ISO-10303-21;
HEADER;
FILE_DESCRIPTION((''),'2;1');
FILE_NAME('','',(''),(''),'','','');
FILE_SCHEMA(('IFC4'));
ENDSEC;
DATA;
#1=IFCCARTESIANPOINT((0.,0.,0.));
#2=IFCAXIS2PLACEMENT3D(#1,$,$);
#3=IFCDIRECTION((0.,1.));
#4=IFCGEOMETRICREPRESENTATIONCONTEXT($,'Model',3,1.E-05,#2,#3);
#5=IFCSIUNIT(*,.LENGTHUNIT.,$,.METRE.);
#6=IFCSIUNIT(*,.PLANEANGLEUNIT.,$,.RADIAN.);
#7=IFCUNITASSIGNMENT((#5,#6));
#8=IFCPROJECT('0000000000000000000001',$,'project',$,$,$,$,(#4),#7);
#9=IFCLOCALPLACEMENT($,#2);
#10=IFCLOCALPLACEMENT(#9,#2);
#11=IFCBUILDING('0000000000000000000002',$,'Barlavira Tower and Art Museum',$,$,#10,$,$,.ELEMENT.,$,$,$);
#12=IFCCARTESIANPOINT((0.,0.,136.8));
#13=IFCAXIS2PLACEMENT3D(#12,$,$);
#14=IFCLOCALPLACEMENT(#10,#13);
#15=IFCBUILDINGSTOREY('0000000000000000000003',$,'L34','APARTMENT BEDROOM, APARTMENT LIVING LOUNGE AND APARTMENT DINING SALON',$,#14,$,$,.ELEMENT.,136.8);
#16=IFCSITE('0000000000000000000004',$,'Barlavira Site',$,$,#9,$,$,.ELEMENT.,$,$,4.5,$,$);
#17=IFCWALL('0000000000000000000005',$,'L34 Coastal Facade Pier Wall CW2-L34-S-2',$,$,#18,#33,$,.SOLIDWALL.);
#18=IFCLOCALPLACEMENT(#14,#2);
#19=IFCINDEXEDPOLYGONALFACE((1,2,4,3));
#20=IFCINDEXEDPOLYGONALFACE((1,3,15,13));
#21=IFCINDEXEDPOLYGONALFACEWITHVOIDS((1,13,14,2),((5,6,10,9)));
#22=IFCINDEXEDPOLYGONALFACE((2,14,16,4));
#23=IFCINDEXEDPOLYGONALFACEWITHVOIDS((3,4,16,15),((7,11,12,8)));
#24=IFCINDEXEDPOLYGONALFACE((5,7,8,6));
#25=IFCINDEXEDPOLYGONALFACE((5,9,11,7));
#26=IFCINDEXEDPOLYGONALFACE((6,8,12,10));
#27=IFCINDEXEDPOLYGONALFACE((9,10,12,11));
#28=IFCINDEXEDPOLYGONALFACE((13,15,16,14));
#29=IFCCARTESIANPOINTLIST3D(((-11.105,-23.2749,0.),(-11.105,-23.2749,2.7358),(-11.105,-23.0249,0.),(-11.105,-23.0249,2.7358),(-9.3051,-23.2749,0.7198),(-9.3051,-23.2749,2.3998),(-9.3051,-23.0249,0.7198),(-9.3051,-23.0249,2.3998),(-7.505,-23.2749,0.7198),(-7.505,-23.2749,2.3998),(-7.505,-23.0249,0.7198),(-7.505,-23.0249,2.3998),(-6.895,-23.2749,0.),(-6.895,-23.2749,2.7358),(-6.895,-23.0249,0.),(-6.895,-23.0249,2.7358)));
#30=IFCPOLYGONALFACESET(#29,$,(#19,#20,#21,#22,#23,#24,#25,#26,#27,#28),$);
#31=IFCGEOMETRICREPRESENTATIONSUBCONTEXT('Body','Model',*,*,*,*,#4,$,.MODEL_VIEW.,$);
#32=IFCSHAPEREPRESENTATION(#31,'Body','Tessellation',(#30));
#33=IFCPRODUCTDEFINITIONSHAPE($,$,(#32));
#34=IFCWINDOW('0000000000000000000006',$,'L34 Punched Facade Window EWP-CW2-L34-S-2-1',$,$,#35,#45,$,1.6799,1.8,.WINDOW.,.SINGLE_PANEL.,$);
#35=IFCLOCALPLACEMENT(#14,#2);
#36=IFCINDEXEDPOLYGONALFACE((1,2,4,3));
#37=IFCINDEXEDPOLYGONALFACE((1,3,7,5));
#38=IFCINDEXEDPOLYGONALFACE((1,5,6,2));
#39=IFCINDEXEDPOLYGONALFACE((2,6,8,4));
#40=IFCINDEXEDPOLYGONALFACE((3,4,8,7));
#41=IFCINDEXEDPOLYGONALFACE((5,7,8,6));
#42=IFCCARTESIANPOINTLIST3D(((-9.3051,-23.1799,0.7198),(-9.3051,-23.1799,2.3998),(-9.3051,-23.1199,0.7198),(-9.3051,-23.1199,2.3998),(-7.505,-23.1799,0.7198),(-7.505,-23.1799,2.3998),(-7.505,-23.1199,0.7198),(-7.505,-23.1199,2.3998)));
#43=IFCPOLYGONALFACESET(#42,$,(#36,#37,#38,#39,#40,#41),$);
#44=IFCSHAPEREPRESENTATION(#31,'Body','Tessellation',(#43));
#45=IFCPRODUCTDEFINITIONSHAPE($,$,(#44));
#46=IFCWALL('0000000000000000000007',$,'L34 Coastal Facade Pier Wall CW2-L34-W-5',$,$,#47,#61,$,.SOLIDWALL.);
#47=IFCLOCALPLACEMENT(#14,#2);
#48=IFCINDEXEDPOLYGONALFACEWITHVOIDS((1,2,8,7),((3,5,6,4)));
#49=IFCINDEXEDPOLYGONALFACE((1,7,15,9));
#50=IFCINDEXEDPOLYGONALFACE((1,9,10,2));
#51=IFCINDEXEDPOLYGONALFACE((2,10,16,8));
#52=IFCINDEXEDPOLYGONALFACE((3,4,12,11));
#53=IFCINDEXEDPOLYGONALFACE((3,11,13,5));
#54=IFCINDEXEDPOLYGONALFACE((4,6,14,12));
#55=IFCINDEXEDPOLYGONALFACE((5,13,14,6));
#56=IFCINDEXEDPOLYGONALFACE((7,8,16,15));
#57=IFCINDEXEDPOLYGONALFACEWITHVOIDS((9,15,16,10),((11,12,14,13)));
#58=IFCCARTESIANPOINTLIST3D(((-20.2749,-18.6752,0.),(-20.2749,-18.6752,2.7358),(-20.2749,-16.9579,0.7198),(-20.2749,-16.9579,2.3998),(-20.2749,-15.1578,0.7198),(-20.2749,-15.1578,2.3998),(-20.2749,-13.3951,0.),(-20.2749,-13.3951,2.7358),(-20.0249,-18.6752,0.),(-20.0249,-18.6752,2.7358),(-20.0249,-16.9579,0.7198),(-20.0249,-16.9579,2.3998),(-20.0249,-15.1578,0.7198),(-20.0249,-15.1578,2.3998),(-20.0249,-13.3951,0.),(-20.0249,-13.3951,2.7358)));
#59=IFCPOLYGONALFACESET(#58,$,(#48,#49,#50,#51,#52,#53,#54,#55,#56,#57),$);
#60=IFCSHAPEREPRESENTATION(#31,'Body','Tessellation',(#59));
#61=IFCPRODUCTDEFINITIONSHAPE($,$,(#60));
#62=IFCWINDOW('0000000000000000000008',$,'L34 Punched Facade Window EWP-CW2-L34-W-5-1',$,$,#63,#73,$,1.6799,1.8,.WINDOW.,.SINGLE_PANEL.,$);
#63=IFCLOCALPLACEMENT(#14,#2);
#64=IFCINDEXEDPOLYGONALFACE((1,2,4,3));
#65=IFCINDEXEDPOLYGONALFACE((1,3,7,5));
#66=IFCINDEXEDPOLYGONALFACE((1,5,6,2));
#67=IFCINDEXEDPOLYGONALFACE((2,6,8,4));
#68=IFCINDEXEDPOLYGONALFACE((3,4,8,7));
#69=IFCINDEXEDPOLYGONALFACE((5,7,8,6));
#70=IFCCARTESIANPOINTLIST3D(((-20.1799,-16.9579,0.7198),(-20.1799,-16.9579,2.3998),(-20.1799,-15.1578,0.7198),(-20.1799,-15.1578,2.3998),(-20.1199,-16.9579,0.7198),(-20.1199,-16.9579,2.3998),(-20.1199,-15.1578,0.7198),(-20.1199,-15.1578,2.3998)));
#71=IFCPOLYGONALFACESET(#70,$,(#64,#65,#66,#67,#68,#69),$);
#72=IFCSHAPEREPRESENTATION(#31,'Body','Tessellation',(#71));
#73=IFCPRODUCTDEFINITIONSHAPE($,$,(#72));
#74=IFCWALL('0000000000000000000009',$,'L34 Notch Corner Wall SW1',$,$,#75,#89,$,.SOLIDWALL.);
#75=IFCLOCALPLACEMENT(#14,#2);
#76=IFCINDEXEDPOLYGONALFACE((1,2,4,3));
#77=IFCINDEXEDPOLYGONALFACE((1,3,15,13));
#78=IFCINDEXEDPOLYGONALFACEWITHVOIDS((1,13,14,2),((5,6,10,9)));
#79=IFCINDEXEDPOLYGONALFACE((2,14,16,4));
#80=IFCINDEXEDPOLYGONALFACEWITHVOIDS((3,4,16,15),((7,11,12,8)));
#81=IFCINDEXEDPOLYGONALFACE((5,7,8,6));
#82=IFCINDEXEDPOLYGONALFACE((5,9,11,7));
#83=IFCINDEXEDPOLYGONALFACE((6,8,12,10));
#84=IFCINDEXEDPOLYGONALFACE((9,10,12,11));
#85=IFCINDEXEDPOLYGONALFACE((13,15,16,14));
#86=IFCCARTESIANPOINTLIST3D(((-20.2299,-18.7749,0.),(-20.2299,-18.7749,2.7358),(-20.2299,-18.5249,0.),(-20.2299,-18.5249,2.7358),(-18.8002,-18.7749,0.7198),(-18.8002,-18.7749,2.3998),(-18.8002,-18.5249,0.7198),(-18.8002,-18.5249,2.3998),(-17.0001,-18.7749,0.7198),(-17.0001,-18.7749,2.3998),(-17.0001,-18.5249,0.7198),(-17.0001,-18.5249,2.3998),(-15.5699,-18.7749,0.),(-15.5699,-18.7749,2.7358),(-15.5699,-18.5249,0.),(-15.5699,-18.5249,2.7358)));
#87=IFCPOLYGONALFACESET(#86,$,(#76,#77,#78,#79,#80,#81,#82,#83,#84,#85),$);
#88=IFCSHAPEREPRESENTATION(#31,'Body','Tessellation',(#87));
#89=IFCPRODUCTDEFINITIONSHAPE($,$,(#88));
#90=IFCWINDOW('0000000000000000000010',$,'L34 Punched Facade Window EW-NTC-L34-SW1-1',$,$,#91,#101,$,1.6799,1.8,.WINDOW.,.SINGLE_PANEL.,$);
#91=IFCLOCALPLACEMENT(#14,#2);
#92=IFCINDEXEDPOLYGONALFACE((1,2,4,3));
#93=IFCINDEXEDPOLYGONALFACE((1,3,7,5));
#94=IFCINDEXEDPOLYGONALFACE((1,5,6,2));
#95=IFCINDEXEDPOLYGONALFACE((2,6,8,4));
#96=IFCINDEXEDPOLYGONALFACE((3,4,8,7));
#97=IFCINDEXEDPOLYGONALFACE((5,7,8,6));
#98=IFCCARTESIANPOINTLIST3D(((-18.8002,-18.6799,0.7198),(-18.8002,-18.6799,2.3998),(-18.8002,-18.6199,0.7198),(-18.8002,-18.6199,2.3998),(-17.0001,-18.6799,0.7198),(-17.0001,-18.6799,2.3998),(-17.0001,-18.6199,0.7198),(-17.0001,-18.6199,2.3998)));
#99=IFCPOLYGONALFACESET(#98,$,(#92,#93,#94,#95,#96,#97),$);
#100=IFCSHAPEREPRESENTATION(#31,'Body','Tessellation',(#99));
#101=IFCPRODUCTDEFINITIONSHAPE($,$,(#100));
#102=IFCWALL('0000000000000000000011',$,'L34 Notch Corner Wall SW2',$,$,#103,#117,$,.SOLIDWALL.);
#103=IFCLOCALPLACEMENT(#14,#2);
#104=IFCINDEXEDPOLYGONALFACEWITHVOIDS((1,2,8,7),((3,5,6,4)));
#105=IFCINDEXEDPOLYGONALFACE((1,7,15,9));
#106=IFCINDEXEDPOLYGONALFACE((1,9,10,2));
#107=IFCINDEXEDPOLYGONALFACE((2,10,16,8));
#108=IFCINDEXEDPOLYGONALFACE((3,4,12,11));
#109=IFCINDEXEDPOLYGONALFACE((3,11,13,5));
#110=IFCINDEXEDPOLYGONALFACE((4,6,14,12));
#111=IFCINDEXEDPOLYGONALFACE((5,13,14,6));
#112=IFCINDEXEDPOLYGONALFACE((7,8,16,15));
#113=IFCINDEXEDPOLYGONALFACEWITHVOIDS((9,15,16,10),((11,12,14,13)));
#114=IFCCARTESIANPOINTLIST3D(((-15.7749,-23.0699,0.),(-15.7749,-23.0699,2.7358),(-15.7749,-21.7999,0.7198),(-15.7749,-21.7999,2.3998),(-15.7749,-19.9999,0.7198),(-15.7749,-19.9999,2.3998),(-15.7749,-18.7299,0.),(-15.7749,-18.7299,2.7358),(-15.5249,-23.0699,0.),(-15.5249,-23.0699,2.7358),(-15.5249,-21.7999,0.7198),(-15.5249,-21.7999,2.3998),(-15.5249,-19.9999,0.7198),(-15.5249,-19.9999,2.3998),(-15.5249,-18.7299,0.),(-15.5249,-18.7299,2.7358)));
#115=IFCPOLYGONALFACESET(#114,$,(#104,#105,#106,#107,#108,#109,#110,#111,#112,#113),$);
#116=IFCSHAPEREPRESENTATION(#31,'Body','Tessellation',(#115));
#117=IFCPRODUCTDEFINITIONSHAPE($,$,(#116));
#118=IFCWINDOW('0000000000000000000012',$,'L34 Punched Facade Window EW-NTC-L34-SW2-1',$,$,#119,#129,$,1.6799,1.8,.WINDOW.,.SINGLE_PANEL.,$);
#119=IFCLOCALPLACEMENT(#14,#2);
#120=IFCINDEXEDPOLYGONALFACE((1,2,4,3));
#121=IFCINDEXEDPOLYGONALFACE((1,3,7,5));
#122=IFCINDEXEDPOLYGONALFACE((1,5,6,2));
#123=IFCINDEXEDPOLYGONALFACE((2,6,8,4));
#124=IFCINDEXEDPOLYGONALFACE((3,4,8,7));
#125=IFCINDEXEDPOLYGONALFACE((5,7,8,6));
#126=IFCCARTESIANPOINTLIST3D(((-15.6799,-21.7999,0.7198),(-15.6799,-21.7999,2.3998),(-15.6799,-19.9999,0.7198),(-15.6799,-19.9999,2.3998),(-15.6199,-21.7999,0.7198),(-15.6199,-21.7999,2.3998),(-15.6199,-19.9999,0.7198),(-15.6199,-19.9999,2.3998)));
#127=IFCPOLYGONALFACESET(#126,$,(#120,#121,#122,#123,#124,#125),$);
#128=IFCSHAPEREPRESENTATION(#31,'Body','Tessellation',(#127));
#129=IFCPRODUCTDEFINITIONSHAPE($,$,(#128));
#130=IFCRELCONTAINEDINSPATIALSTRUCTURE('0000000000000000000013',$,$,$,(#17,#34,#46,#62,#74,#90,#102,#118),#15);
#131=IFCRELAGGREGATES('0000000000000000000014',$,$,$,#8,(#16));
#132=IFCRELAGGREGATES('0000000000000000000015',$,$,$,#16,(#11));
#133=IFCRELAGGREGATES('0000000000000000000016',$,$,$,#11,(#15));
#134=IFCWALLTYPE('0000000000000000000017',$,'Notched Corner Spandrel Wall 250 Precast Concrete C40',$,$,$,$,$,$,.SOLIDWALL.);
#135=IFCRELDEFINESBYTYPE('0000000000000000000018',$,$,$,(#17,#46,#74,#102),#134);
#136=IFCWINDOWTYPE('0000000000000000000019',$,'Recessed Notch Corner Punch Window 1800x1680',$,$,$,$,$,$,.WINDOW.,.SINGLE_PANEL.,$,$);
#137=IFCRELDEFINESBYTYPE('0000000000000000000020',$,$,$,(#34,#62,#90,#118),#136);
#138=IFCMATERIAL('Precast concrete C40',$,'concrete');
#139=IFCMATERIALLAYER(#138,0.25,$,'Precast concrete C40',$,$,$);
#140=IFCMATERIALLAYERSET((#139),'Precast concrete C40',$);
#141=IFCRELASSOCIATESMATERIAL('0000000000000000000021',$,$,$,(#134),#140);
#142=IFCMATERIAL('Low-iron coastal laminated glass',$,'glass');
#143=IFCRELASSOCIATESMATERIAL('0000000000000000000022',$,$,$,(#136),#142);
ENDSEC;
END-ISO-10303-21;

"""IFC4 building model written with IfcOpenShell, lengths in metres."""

from ifc_helpers import new_model, si_unit, direction, frame, frame_2d, origin, place, context, subcontext, project, spatial, rectangle, extrude, material, layer, layer_set, type_object, element, fill, save


model = new_model("IFC4")

# Units and contexts
model_context = context("Model", 3, precision=1e-05, world=origin(), true_north=direction((0.0, 1.0)))
body_context = subcontext(model_context, "Body", "Model", "MODEL_VIEW")
ifc_project = project(units=[si_unit("LENGTHUNIT", "METRE"), si_unit("PLANEANGLEUNIT", "RADIAN")], contexts=[model_context])

# Site, building, storey
site_placement = place(None, origin())
site = spatial("IfcSite", under=ifc_project, at=site_placement, Name="Barlavira Site", CompositionType="ELEMENT", RefElevation=4.5)
building_placement = place(site_placement, origin())
building = spatial("IfcBuilding", under=site, at=building_placement, Name="Barlavira Tower and Art Museum", CompositionType="ELEMENT")
storey_placement = place(building_placement, frame((0.0, 0.0, 136.8)))
storey = spatial("IfcBuildingStorey", under=building, at=storey_placement, Name="L34", Description="APARTMENT BEDROOM, APARTMENT LIVING LOUNGE AND APARTMENT DINING SALON", CompositionType="ELEMENT", Elevation=136.8)

# Walls, openings, windows
ifc_material_1 = material(Name="Precast concrete C40", Category="concrete")
ifc_layer_1 = layer(ifc_material_1, 0.25, Name="Precast concrete C40")
ifc_layer_set_1 = layer_set([ifc_layer_1], Name="Precast concrete C40")
wall_type_1 = type_object("IfcWallType", Name="Notched Corner Spandrel Wall 250 Precast Concrete C40", PredefinedType="SOLIDWALL", material=ifc_layer_set_1)
ifc_material_2 = material(Name="Low-iron coastal laminated glass", Category="glass")
window_type = type_object("IfcWindowType", Name="Recessed Notch Corner Punch Window 1800x1680", PartitioningType="SINGLE_PANEL", PredefinedType="WINDOW", material=ifc_material_2)
wall_1_placement = place(storey_placement, frame((-11.105, -23.1499, 0.0), z_axis=(0.0, 0.0, 1.0), x_axis=(1.0, 0.0, 0.0)))
wall_1 = element("IfcWall", 1, at=wall_1_placement, inside=storey, type_object=wall_type_1, Name="L34 Coastal Facade Pier Wall CW2-L34-S-2", PredefinedType="SOLIDWALL", context=body_context, shape_type="SweptSolid", body=[
    extrude(rectangle(XDim=4.21, YDim=0.25, at=frame_2d((2.105, 0.0))), origin(), (0.0, 0.0, 1.0), 2.7358),
])
opening_1_placement = place(wall_1_placement, frame((1.8, 0.0, 0.72)))
opening_1 = element("IfcOpeningElement", 2, at=opening_1_placement, cuts=wall_1, PredefinedType="OPENING", context=body_context, shape_type="SweptSolid", body=[
    extrude(rectangle(XDim=1.8, YDim=1.6799, at=frame_2d((0.8999, 0.8398))), frame((0.0, 0.135, 0.0), z_axis=(0.0, -1.0, 0.0), x_axis=(1.0, 0.0, 0.0)), (0.0, 0.0, 1.0), 0.27),
])
window_1_placement = place(opening_1_placement, origin())
window_1 = element("IfcWindow", 3, at=window_1_placement, inside=storey, type_object=window_type, Name="L34 Punched Facade Window EWP-CW2-L34-S-2-1", OverallHeight=1.6799, OverallWidth=1.8, PartitioningType="SINGLE_PANEL", PredefinedType="WINDOW", context=body_context, shape_type="SweptSolid", body=[
    extrude(rectangle(XDim=1.8, YDim=1.6799, at=frame_2d((0.8999, 0.8398))), frame((0.0, 0.03, 0.0), z_axis=(0.0, -1.0, 0.0), x_axis=(1.0, 0.0, 0.0)), (0.0, 0.0, 1.0), 0.0601),
])
fill(opening_1, window_1)
wall_2_placement = place(storey_placement, frame((-20.1499, -13.395, 0.0), z_axis=(0.0, 0.0, 1.0), x_axis=(0.0, -1.0, 0.0)))
wall_2 = element("IfcWall", 4, at=wall_2_placement, inside=storey, type_object=wall_type_1, Name="L34 Coastal Facade Pier Wall CW2-L34-W-5", PredefinedType="SOLIDWALL", context=body_context, shape_type="SweptSolid", body=[
    extrude(rectangle(XDim=5.28, YDim=0.25, at=frame_2d((2.6401, 0.0))), origin(), (0.0, 0.0, 1.0), 2.7358),
])
opening_2_placement = place(wall_2_placement, frame((1.7629, 0.0, 0.72)))
opening_2 = element("IfcOpeningElement", 5, at=opening_2_placement, cuts=wall_2, PredefinedType="OPENING", context=body_context, shape_type="SweptSolid", body=[
    extrude(rectangle(XDim=1.8, YDim=1.6799, at=frame_2d((0.8999, 0.8398))), frame((0.0, 0.135, 0.0), z_axis=(0.0, -1.0, 0.0), x_axis=(1.0, 0.0, 0.0)), (0.0, 0.0, 1.0), 0.27),
])
window_2_placement = place(opening_2_placement, origin())
window_2 = element("IfcWindow", 6, at=window_2_placement, inside=storey, type_object=window_type, Name="L34 Punched Facade Window EWP-CW2-L34-W-5-1", OverallHeight=1.6799, OverallWidth=1.8, PartitioningType="SINGLE_PANEL", PredefinedType="WINDOW", context=body_context, shape_type="SweptSolid", body=[
    extrude(rectangle(XDim=1.8, YDim=1.6799, at=frame_2d((0.8999, 0.8398))), frame((0.0, 0.03, 0.0), z_axis=(0.0, -1.0, 0.0), x_axis=(1.0, 0.0, 0.0)), (0.0, 0.0, 1.0), 0.0601),
])
fill(opening_2, window_2)
wall_3_placement = place(storey_placement, frame((-20.23, -18.6499, 0.0), z_axis=(0.0, 0.0, 1.0), x_axis=(1.0, 0.0, 0.0)))
wall_3 = element("IfcWall", 7, at=wall_3_placement, inside=storey, type_object=wall_type_1, Name="L34 Notch Corner Wall SW1", PredefinedType="SOLIDWALL", context=body_context, shape_type="SweptSolid", body=[
    extrude(rectangle(XDim=4.6599, YDim=0.25, at=frame_2d((2.3301, 0.0))), origin(), (0.0, 0.0, 1.0), 2.7358),
])
opening_3_placement = place(wall_3_placement, frame((1.4299, 0.0, 0.72)))
opening_3 = element("IfcOpeningElement", 8, at=opening_3_placement, cuts=wall_3, PredefinedType="OPENING", context=body_context, shape_type="SweptSolid", body=[
    extrude(rectangle(XDim=1.8, YDim=1.6799, at=frame_2d((0.8999, 0.8398))), frame((0.0, 0.135, 0.0), z_axis=(0.0, -1.0, 0.0), x_axis=(1.0, 0.0, 0.0)), (0.0, 0.0, 1.0), 0.27),
])
window_3_placement = place(opening_3_placement, origin())
window_3 = element("IfcWindow", 9, at=window_3_placement, inside=storey, type_object=window_type, Name="L34 Punched Facade Window EW-NTC-L34-SW1-1", OverallHeight=1.6799, OverallWidth=1.8, PartitioningType="SINGLE_PANEL", PredefinedType="WINDOW", context=body_context, shape_type="SweptSolid", body=[
    extrude(rectangle(XDim=1.8, YDim=1.6799, at=frame_2d((0.8999, 0.8398))), frame((0.0, 0.03, 0.0), z_axis=(0.0, -1.0, 0.0), x_axis=(1.0, 0.0, 0.0)), (0.0, 0.0, 1.0), 0.0601),
])
fill(opening_3, window_3)
wall_4_placement = place(storey_placement, frame((-15.6499, -18.73, 0.0), z_axis=(0.0, 0.0, 1.0), x_axis=(0.0, -1.0, 0.0)))
wall_4 = element("IfcWall", 10, at=wall_4_placement, inside=storey, type_object=wall_type_1, Name="L34 Notch Corner Wall SW2", PredefinedType="SOLIDWALL", context=body_context, shape_type="SweptSolid", body=[
    extrude(rectangle(XDim=4.3401, YDim=0.25, at=frame_2d((2.1699, 0.0))), origin(), (0.0, 0.0, 1.0), 2.7358),
])
opening_4_placement = place(wall_4_placement, frame((1.27, 0.0, 0.72)))
opening_4 = element("IfcOpeningElement", 11, at=opening_4_placement, cuts=wall_4, PredefinedType="OPENING", context=body_context, shape_type="SweptSolid", body=[
    extrude(rectangle(XDim=1.8, YDim=1.6799, at=frame_2d((0.8999, 0.8398))), frame((0.0, 0.135, 0.0), z_axis=(0.0, -1.0, 0.0), x_axis=(1.0, 0.0, 0.0)), (0.0, 0.0, 1.0), 0.27),
])
window_4_placement = place(opening_4_placement, origin())
window_4 = element("IfcWindow", 12, at=window_4_placement, inside=storey, type_object=window_type, Name="L34 Punched Facade Window EW-NTC-L34-SW2-1", OverallHeight=1.6799, OverallWidth=1.8, PartitioningType="SINGLE_PANEL", PredefinedType="WINDOW", context=body_context, shape_type="SweptSolid", body=[
    extrude(rectangle(XDim=1.8, YDim=1.6799, at=frame_2d((0.8999, 0.8398))), frame((0.0, 0.03, 0.0), z_axis=(0.0, -1.0, 0.0), x_axis=(1.0, 0.0, 0.0)), (0.0, 0.0, 1.0), 0.0601),
])
fill(opening_4, window_4)

save(model, "model.ifc")
